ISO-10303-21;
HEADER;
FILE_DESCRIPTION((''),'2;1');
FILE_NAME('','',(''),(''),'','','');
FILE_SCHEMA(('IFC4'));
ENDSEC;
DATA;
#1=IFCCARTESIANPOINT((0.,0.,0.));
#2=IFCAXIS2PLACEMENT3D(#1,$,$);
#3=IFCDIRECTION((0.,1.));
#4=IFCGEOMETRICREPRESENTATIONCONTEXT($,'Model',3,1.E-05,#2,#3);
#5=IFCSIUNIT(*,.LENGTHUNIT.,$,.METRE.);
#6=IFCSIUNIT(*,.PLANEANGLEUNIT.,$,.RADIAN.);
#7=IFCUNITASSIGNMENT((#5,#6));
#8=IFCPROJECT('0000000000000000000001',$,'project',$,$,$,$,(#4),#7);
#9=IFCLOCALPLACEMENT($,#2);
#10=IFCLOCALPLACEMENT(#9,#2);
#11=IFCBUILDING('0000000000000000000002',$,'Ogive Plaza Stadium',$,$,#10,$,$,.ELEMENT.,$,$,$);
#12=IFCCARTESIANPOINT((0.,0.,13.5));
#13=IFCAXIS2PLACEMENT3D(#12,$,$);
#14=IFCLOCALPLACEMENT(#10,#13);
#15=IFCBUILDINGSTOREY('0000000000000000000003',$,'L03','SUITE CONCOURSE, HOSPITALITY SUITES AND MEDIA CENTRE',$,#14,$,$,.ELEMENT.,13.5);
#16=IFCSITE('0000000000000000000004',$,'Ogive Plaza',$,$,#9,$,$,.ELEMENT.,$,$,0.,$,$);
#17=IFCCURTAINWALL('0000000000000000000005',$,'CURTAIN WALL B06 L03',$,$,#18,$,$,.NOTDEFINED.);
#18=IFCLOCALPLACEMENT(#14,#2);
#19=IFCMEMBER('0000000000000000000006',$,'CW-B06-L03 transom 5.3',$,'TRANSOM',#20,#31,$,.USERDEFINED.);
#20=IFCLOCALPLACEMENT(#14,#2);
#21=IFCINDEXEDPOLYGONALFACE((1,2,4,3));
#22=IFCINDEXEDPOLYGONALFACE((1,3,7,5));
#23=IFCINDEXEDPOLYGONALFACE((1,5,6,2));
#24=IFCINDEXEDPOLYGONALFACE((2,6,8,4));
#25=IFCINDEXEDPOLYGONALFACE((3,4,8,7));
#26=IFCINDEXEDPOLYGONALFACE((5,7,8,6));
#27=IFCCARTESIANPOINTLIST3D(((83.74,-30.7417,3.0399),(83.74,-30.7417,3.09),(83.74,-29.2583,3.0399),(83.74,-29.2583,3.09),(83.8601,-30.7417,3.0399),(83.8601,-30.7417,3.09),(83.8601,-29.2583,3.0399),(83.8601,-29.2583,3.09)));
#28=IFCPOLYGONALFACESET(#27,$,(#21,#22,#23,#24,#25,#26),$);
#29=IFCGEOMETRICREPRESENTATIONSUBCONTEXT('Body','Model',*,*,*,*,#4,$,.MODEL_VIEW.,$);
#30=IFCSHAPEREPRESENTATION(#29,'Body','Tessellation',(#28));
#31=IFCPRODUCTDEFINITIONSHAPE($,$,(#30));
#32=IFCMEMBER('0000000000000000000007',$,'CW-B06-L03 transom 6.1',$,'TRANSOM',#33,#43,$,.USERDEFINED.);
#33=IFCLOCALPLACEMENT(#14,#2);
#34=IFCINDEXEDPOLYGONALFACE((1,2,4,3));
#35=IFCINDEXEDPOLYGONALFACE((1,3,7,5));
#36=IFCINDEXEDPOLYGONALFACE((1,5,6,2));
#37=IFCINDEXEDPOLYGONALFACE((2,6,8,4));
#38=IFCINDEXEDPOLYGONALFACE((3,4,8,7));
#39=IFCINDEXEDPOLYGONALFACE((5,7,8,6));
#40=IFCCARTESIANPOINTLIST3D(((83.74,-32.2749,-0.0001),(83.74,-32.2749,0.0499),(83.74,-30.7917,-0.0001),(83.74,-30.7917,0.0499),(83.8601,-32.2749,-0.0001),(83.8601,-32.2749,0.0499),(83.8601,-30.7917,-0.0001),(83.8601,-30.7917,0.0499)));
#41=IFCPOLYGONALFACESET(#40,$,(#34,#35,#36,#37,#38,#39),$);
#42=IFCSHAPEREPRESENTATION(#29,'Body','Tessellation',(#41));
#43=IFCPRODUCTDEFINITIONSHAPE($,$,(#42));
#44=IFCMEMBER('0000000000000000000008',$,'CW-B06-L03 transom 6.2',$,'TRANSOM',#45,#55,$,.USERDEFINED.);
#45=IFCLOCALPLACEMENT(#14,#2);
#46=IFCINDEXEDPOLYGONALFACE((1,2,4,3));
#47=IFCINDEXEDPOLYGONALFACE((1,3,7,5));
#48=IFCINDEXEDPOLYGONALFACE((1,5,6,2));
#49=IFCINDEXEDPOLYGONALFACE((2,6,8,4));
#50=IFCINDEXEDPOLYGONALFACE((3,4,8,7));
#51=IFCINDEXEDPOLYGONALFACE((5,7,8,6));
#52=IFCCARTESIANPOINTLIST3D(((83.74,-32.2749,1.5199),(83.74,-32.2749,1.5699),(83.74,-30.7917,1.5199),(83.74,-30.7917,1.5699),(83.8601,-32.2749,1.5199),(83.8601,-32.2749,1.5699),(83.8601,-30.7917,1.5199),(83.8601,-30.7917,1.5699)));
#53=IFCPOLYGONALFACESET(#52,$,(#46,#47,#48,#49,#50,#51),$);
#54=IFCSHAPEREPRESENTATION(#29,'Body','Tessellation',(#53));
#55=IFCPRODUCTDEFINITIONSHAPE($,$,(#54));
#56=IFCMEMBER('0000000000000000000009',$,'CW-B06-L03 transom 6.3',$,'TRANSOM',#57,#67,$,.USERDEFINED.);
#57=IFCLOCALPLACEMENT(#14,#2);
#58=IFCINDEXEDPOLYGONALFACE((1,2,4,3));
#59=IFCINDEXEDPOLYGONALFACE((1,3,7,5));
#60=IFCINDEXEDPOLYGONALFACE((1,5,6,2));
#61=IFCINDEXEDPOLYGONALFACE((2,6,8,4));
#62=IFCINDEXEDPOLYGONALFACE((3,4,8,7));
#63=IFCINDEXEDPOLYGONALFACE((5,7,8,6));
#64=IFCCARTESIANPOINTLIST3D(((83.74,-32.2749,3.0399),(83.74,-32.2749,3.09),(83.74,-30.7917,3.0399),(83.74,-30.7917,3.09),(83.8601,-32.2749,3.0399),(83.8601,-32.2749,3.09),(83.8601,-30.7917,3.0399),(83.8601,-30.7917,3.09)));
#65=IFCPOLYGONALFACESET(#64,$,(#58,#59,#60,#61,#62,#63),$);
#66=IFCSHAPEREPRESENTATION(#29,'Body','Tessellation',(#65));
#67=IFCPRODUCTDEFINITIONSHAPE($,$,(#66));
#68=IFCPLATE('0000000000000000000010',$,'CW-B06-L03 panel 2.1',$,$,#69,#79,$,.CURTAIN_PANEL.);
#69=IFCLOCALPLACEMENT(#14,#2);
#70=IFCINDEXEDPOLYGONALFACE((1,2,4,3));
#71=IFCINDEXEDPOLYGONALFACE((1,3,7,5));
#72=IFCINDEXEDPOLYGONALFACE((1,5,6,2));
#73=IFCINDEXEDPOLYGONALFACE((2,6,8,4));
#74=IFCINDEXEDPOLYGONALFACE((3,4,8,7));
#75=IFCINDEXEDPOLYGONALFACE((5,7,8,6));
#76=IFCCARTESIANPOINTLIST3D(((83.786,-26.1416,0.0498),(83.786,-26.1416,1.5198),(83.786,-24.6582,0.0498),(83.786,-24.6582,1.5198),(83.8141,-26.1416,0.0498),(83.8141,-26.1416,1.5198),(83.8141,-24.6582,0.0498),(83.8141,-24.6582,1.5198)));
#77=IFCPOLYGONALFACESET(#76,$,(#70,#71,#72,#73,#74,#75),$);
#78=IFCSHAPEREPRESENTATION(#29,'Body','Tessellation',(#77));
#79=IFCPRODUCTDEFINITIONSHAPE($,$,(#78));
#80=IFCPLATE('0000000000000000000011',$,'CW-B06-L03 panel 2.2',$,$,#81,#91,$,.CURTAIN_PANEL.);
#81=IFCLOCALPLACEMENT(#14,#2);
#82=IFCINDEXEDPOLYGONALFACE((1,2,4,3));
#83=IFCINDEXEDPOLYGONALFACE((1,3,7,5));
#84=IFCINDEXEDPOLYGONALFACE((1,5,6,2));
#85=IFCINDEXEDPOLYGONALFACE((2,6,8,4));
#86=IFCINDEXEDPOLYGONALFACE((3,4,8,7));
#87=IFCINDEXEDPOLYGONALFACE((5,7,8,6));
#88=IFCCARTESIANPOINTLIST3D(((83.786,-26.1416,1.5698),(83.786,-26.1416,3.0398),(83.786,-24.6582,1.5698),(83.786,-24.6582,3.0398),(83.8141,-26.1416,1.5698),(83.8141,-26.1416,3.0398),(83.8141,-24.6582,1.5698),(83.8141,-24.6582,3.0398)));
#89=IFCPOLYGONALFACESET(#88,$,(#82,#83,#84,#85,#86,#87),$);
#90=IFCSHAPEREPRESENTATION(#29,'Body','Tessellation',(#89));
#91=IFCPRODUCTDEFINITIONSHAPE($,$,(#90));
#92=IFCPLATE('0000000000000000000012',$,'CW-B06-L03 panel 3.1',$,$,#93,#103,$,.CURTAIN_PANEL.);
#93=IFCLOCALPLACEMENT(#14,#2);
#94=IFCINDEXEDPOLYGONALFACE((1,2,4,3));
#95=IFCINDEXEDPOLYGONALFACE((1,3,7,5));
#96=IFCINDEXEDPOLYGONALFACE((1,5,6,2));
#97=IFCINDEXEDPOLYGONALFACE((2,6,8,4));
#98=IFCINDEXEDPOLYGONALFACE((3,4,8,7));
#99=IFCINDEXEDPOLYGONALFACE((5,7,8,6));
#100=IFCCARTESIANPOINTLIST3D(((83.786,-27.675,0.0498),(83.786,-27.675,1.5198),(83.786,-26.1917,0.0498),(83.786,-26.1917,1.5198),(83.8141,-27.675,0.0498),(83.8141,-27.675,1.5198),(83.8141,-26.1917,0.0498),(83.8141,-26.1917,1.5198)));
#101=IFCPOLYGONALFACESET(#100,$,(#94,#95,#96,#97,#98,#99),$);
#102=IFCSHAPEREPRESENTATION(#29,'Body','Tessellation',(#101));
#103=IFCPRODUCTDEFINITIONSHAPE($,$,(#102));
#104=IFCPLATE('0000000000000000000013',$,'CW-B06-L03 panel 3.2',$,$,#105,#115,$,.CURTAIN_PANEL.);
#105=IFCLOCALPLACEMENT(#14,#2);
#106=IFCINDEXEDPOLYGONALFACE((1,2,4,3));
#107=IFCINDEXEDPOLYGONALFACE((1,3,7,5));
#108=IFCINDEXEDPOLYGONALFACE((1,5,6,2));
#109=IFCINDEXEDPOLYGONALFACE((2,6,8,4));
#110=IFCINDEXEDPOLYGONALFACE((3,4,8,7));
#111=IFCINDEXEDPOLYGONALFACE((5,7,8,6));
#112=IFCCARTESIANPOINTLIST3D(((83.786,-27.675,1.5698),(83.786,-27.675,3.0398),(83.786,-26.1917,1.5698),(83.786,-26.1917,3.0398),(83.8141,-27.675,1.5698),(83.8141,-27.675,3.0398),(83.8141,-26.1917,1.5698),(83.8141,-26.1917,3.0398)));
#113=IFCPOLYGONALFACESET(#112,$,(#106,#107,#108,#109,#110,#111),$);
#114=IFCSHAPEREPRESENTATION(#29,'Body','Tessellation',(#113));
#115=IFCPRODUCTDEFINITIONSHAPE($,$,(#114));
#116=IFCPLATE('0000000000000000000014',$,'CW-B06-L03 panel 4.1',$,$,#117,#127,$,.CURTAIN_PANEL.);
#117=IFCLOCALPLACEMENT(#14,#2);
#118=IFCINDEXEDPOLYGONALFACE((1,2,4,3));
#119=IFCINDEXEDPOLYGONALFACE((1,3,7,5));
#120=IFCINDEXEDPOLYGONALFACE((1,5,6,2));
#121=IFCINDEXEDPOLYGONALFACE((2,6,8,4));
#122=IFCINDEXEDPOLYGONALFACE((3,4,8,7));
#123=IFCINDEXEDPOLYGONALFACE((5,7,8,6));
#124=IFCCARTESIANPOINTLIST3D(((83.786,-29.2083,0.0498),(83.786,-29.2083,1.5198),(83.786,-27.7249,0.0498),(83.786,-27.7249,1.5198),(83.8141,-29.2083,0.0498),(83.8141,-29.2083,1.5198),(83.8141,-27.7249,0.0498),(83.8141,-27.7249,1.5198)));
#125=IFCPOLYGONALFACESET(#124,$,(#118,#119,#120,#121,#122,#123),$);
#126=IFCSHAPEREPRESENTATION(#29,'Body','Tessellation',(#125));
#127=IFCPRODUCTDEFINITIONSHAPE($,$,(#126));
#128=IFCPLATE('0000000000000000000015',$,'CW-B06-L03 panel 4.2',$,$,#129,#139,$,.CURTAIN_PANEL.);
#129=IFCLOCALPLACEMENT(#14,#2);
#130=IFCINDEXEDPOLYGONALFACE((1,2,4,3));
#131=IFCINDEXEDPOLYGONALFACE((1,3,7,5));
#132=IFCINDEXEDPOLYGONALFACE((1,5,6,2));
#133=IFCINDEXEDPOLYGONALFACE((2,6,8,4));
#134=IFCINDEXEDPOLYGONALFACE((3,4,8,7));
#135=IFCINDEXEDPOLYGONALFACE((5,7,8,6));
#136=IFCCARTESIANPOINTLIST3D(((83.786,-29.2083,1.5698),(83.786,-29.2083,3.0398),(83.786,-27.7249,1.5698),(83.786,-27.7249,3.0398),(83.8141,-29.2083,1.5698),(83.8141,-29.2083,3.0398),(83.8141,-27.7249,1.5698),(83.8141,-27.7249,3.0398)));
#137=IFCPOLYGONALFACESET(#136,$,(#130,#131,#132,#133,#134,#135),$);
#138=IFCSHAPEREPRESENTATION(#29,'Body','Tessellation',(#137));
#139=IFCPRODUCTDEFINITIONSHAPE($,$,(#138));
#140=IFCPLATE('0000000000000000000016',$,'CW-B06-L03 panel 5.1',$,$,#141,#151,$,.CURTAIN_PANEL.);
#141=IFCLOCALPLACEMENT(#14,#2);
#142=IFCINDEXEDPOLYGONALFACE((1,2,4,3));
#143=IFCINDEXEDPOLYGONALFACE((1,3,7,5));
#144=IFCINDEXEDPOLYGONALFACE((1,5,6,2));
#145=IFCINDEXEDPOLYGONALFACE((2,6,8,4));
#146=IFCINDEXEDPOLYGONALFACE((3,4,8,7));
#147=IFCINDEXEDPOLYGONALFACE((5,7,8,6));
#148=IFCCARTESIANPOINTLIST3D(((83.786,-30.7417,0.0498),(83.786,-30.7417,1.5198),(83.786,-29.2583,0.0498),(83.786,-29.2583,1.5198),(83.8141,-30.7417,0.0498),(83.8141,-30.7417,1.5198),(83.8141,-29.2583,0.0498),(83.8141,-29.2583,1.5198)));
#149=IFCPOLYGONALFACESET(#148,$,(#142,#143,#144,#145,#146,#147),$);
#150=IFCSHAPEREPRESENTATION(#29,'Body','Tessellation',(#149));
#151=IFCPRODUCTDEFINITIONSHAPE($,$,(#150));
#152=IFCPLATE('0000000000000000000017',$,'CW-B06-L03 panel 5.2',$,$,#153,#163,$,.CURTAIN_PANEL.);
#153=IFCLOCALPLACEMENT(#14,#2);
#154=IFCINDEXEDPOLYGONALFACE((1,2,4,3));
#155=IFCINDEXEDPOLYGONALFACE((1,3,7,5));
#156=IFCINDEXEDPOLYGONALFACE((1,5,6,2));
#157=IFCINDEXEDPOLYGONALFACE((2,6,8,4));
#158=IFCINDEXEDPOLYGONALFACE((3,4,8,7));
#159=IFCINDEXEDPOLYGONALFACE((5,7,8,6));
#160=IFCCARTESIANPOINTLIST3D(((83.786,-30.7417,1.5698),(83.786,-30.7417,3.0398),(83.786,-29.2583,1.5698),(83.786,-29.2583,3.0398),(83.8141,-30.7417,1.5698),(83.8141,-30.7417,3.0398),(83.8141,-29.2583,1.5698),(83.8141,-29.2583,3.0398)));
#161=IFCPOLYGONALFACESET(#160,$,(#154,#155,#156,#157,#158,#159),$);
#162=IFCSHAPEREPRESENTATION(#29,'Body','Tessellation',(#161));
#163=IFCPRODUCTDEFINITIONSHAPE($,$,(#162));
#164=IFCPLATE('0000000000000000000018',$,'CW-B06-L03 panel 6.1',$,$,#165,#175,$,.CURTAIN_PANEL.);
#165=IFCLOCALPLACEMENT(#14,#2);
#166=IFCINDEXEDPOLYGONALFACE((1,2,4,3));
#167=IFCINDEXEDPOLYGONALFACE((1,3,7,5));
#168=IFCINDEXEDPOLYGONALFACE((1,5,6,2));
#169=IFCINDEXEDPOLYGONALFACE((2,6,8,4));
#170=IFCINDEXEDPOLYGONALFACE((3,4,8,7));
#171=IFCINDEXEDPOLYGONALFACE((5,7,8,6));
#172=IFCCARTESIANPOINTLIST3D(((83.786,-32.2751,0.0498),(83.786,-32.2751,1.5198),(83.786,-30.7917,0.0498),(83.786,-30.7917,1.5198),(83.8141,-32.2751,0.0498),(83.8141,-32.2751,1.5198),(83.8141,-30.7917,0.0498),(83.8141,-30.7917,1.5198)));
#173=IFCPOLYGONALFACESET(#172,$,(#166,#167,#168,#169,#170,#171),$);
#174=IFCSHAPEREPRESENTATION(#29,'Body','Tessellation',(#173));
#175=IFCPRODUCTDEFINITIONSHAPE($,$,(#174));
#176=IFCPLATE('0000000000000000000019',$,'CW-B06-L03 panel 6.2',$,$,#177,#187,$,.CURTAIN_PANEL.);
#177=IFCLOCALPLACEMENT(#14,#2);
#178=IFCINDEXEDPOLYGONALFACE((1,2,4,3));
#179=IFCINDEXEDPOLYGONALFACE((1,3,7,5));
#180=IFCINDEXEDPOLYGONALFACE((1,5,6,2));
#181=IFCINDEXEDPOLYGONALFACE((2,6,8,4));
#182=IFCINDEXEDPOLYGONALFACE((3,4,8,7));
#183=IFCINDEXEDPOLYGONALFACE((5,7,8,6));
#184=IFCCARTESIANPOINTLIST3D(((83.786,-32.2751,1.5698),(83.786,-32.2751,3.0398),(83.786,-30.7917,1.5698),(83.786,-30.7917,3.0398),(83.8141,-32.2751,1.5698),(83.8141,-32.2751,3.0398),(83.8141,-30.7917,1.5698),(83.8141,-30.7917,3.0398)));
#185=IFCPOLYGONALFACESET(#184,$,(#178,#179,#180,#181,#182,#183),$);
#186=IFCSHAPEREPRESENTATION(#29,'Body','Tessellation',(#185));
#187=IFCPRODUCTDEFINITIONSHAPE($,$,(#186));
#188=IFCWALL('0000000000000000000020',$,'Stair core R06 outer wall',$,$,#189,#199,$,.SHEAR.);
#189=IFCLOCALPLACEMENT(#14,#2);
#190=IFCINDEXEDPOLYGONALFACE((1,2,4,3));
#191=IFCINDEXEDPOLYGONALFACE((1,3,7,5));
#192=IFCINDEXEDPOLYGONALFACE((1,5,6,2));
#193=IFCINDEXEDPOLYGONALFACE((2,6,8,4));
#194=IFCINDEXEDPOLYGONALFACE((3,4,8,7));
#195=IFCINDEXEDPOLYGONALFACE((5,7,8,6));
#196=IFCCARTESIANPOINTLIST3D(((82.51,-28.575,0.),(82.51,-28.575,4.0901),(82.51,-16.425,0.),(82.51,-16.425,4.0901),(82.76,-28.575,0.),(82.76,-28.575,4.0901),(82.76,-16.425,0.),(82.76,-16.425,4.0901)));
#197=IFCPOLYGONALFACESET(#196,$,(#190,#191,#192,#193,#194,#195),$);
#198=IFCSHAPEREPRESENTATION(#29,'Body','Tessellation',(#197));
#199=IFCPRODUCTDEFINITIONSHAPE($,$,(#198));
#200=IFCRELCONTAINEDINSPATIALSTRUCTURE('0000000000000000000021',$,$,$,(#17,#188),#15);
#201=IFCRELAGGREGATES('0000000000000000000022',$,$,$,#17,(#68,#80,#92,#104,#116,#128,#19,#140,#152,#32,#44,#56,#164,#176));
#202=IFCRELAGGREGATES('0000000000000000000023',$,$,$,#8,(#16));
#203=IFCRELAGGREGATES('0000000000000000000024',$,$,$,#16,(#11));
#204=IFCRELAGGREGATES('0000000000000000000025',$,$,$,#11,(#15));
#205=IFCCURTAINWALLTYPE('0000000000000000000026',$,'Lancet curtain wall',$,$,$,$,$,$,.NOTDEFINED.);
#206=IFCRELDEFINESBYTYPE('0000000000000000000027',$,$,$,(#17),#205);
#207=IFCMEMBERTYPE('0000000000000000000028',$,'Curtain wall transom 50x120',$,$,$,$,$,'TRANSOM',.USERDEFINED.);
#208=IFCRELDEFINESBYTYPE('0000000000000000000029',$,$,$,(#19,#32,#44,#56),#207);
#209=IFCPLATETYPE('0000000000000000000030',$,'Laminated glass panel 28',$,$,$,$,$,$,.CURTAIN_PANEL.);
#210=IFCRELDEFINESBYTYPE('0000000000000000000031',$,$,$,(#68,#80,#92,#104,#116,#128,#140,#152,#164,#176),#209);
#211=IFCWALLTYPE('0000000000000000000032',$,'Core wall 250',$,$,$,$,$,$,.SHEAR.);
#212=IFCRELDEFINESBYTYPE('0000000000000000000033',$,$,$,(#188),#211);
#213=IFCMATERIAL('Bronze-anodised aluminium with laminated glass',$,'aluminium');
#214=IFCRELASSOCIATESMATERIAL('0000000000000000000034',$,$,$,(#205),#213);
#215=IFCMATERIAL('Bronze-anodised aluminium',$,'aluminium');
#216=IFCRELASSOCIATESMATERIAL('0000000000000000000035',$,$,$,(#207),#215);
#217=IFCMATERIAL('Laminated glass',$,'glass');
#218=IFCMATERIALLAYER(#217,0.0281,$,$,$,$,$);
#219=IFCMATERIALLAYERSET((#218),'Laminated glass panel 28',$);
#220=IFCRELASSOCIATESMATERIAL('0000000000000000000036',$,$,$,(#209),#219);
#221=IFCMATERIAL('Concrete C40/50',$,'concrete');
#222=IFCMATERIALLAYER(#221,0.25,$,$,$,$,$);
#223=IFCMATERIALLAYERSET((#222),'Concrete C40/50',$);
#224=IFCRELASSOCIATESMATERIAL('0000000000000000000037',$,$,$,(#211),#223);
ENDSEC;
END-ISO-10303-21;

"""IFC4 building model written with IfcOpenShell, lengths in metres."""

from ifc_helpers import new_model, si_unit, direction, frame, frame_2d, origin, origin_2d, place, context, subcontext, project, spatial, rectangle, extrude, material, layer, layer_set, material_profile, profile_set, type_object, element, aggregate, save


model = new_model("IFC4")

# Units and contexts
model_context = context("Model", 3, precision=1e-05, world=origin(), true_north=direction((0.0, 1.0)))
body_context = subcontext(model_context, "Body", "Model", "MODEL_VIEW")
ifc_project = project(units=[si_unit("LENGTHUNIT", "METRE"), si_unit("PLANEANGLEUNIT", "RADIAN")], contexts=[model_context])

# Site, building, storey
site_placement = place(None, origin())
site = spatial("IfcSite", under=ifc_project, at=site_placement, Name="Ogive Plaza", CompositionType="ELEMENT", RefElevation=0.0)
building_placement = place(site_placement, origin())
building = spatial("IfcBuilding", under=site, at=building_placement, Name="Ogive Plaza Stadium", CompositionType="ELEMENT")
storey_placement = place(building_placement, frame((0.0, 0.0, 13.5)))
storey = spatial("IfcBuildingStorey", under=building, at=storey_placement, Name="L03", Description="SUITE CONCOURSE, HOSPITALITY SUITES AND MEDIA CENTRE", CompositionType="ELEMENT", Elevation=13.5)

# Curtain wall, members, plates
ifc_material_1 = material(Name="Bronze-anodised aluminium with laminated glass", Category="aluminium")
curtain_wall_type = type_object("IfcCurtainWallType", Name="Lancet curtain wall", PredefinedType="NOTDEFINED", material=ifc_material_1)
curtain_wall_placement = place(storey_placement, origin())
curtain_wall = element("IfcCurtainWall", 1, at=curtain_wall_placement, inside=storey, type_object=curtain_wall_type, Name="CURTAIN WALL B06 L03", PredefinedType="NOTDEFINED")
ifc_material_2 = material(Name="Bronze-anodised aluminium", Category="aluminium")
ifc_material_profile_1 = material_profile(ifc_material_2, rectangle(XDim=0.1201, YDim=0.05, at=origin_2d()), Name="AL 120x50")
ifc_profile_set_1 = profile_set([ifc_material_profile_1], Name="Bronze-anodised aluminium")
member_type_1 = type_object("IfcMemberType", Name="Curtain wall transom 50x120", ElementType="TRANSOM", PredefinedType="USERDEFINED", material=ifc_profile_set_1)
member_1_placement = place(storey_placement, frame((83.8, -29.2583, 3.0649), z_axis=(0.0, -1.0, 0.0), x_axis=(1.0, 0.0, 0.0)))
member_1 = element("IfcMember", 2, at=member_1_placement, type_object=member_type_1, Name="CW-B06-L03 transom 5.3", ObjectType="TRANSOM", PredefinedType="USERDEFINED", context=body_context, shape_type="SweptSolid", body=[
    extrude(rectangle(XDim=0.1201, YDim=0.05, at=origin_2d()), origin(), (0.0, 0.0, 1.0), 1.4834),
])
member_2_placement = place(storey_placement, frame((83.8, -30.7917, 0.0249), z_axis=(0.0, -1.0, 0.0), x_axis=(1.0, 0.0, 0.0)))
member_2 = element("IfcMember", 3, at=member_2_placement, type_object=member_type_1, Name="CW-B06-L03 transom 6.1", ObjectType="TRANSOM", PredefinedType="USERDEFINED", context=body_context, shape_type="SweptSolid", body=[
    extrude(rectangle(XDim=0.1201, YDim=0.05, at=origin_2d()), origin(), (0.0, 0.0, 1.0), 1.4832),
])
member_3_placement = place(storey_placement, frame((83.8, -30.7917, 1.5449), z_axis=(0.0, -1.0, 0.0), x_axis=(1.0, 0.0, 0.0)))
member_3 = element("IfcMember", 4, at=member_3_placement, type_object=member_type_1, Name="CW-B06-L03 transom 6.2", ObjectType="TRANSOM", PredefinedType="USERDEFINED", context=body_context, shape_type="SweptSolid", body=[
    extrude(rectangle(XDim=0.1201, YDim=0.05, at=origin_2d()), origin(), (0.0, 0.0, 1.0), 1.4832),
])
member_4_placement = place(storey_placement, frame((83.8, -30.7917, 3.0649), z_axis=(0.0, -1.0, 0.0), x_axis=(1.0, 0.0, 0.0)))
member_4 = element("IfcMember", 5, at=member_4_placement, type_object=member_type_1, Name="CW-B06-L03 transom 6.3", ObjectType="TRANSOM", PredefinedType="USERDEFINED", context=body_context, shape_type="SweptSolid", body=[
    extrude(rectangle(XDim=0.1201, YDim=0.05, at=origin_2d()), origin(), (0.0, 0.0, 1.0), 1.4832),
])
ifc_material_3 = material(Name="Laminated glass", Category="glass")
ifc_layer_1 = layer(ifc_material_3, 0.0281)
ifc_layer_set_1 = layer_set([ifc_layer_1], Name="Laminated glass panel 28")
plate_type = type_object("IfcPlateType", Name="Laminated glass panel 28", PredefinedType="CURTAIN_PANEL", material=ifc_layer_set_1)
plate_1_placement = place(storey_placement, frame((83.8, -25.3999, 0.0498), z_axis=(0.0, 0.0, 1.0), x_axis=(0.0, -1.0, 0.0)))
plate_1 = element("IfcPlate", 6, at=plate_1_placement, type_object=plate_type, Name="CW-B06-L03 panel 2.1", PredefinedType="CURTAIN_PANEL", context=body_context, shape_type="SweptSolid", body=[
    extrude(rectangle(XDim=1.4834, YDim=0.0281, at=origin_2d()), origin(), (0.0, 0.0, 1.0), 1.47),
])
plate_2_placement = place(storey_placement, frame((83.8, -25.3999, 1.5698), z_axis=(0.0, 0.0, 1.0), x_axis=(0.0, -1.0, 0.0)))
plate_2 = element("IfcPlate", 7, at=plate_2_placement, type_object=plate_type, Name="CW-B06-L03 panel 2.2", PredefinedType="CURTAIN_PANEL", context=body_context, shape_type="SweptSolid", body=[
    extrude(rectangle(XDim=1.4834, YDim=0.0281, at=origin_2d()), origin(), (0.0, 0.0, 1.0), 1.47),
])
plate_3_placement = place(storey_placement, frame((83.8, -26.9333, 0.0498), z_axis=(0.0, 0.0, 1.0), x_axis=(0.0, -1.0, 0.0)))
plate_3 = element("IfcPlate", 8, at=plate_3_placement, type_object=plate_type, Name="CW-B06-L03 panel 3.1", PredefinedType="CURTAIN_PANEL", context=body_context, shape_type="SweptSolid", body=[
    extrude(rectangle(XDim=1.4834, YDim=0.0281, at=origin_2d()), origin(), (0.0, 0.0, 1.0), 1.47),
])
plate_4_placement = place(storey_placement, frame((83.8, -26.9333, 1.5698), z_axis=(0.0, 0.0, 1.0), x_axis=(0.0, -1.0, 0.0)))
plate_4 = element("IfcPlate", 9, at=plate_4_placement, type_object=plate_type, Name="CW-B06-L03 panel 3.2", PredefinedType="CURTAIN_PANEL", context=body_context, shape_type="SweptSolid", body=[
    extrude(rectangle(XDim=1.4834, YDim=0.0281, at=origin_2d()), origin(), (0.0, 0.0, 1.0), 1.47),
])
plate_5_placement = place(storey_placement, frame((83.8, -28.4666, 0.0498), z_axis=(0.0, 0.0, 1.0), x_axis=(0.0, -1.0, 0.0)))
plate_5 = element("IfcPlate", 10, at=plate_5_placement, type_object=plate_type, Name="CW-B06-L03 panel 4.1", PredefinedType="CURTAIN_PANEL", context=body_context, shape_type="SweptSolid", body=[
    extrude(rectangle(XDim=1.4834, YDim=0.0281, at=origin_2d()), origin(), (0.0, 0.0, 1.0), 1.47),
])
plate_6_placement = place(storey_placement, frame((83.8, -28.4666, 1.5698), z_axis=(0.0, 0.0, 1.0), x_axis=(0.0, -1.0, 0.0)))
plate_6 = element("IfcPlate", 11, at=plate_6_placement, type_object=plate_type, Name="CW-B06-L03 panel 4.2", PredefinedType="CURTAIN_PANEL", context=body_context, shape_type="SweptSolid", body=[
    extrude(rectangle(XDim=1.4834, YDim=0.0281, at=origin_2d()), origin(), (0.0, 0.0, 1.0), 1.47),
])
plate_7_placement = place(storey_placement, frame((83.8, -30.0, 0.0498), z_axis=(0.0, 0.0, 1.0), x_axis=(0.0, -1.0, 0.0)))
plate_7 = element("IfcPlate", 12, at=plate_7_placement, type_object=plate_type, Name="CW-B06-L03 panel 5.1", PredefinedType="CURTAIN_PANEL", context=body_context, shape_type="SweptSolid", body=[
    extrude(rectangle(XDim=1.4834, YDim=0.0281, at=origin_2d()), origin(), (0.0, 0.0, 1.0), 1.47),
])
plate_8_placement = place(storey_placement, frame((83.8, -30.0, 1.5698), z_axis=(0.0, 0.0, 1.0), x_axis=(0.0, -1.0, 0.0)))
plate_8 = element("IfcPlate", 13, at=plate_8_placement, type_object=plate_type, Name="CW-B06-L03 panel 5.2", PredefinedType="CURTAIN_PANEL", context=body_context, shape_type="SweptSolid", body=[
    extrude(rectangle(XDim=1.4834, YDim=0.0281, at=origin_2d()), origin(), (0.0, 0.0, 1.0), 1.47),
])
plate_9_placement = place(storey_placement, frame((83.8, -31.5334, 0.0498), z_axis=(0.0, 0.0, 1.0), x_axis=(0.0, -1.0, 0.0)))
plate_9 = element("IfcPlate", 14, at=plate_9_placement, type_object=plate_type, Name="CW-B06-L03 panel 6.1", PredefinedType="CURTAIN_PANEL", context=body_context, shape_type="SweptSolid", body=[
    extrude(rectangle(XDim=1.4834, YDim=0.0281, at=origin_2d()), origin(), (0.0, 0.0, 1.0), 1.47),
])
plate_10_placement = place(storey_placement, frame((83.8, -31.5334, 1.5698), z_axis=(0.0, 0.0, 1.0), x_axis=(0.0, -1.0, 0.0)))
plate_10 = element("IfcPlate", 15, at=plate_10_placement, type_object=plate_type, Name="CW-B06-L03 panel 6.2", PredefinedType="CURTAIN_PANEL", context=body_context, shape_type="SweptSolid", body=[
    extrude(rectangle(XDim=1.4834, YDim=0.0281, at=origin_2d()), origin(), (0.0, 0.0, 1.0), 1.47),
])
aggregate(curtain_wall, [plate_1, plate_2, plate_3, plate_4, plate_5, plate_6, member_1, plate_7, plate_8, member_2, member_3, member_4, plate_9, plate_10])

# Wall
ifc_material_4 = material(Name="Concrete C40/50", Category="concrete")
ifc_layer_2 = layer(ifc_material_4, 0.25)
ifc_layer_set_2 = layer_set([ifc_layer_2], Name="Concrete C40/50")
wall_type = type_object("IfcWallType", Name="Core wall 250", PredefinedType="SHEAR", material=ifc_layer_set_2)
wall_placement = place(storey_placement, frame((82.635, -28.575, 0.0), z_axis=(0.0, 0.0, 1.0), x_axis=(0.0, 1.0, 0.0)))
element("IfcWall", 16, at=wall_placement, inside=storey, type_object=wall_type, Name="Stair core R06 outer wall", PredefinedType="SHEAR", context=body_context, shape_type="SweptSolid", body=[
    extrude(rectangle(XDim=12.1499, YDim=0.25, at=frame_2d((6.075, 0.0))), origin(), (0.0, 0.0, 1.0), 4.0901),
])

save(model, "model.ifc")
